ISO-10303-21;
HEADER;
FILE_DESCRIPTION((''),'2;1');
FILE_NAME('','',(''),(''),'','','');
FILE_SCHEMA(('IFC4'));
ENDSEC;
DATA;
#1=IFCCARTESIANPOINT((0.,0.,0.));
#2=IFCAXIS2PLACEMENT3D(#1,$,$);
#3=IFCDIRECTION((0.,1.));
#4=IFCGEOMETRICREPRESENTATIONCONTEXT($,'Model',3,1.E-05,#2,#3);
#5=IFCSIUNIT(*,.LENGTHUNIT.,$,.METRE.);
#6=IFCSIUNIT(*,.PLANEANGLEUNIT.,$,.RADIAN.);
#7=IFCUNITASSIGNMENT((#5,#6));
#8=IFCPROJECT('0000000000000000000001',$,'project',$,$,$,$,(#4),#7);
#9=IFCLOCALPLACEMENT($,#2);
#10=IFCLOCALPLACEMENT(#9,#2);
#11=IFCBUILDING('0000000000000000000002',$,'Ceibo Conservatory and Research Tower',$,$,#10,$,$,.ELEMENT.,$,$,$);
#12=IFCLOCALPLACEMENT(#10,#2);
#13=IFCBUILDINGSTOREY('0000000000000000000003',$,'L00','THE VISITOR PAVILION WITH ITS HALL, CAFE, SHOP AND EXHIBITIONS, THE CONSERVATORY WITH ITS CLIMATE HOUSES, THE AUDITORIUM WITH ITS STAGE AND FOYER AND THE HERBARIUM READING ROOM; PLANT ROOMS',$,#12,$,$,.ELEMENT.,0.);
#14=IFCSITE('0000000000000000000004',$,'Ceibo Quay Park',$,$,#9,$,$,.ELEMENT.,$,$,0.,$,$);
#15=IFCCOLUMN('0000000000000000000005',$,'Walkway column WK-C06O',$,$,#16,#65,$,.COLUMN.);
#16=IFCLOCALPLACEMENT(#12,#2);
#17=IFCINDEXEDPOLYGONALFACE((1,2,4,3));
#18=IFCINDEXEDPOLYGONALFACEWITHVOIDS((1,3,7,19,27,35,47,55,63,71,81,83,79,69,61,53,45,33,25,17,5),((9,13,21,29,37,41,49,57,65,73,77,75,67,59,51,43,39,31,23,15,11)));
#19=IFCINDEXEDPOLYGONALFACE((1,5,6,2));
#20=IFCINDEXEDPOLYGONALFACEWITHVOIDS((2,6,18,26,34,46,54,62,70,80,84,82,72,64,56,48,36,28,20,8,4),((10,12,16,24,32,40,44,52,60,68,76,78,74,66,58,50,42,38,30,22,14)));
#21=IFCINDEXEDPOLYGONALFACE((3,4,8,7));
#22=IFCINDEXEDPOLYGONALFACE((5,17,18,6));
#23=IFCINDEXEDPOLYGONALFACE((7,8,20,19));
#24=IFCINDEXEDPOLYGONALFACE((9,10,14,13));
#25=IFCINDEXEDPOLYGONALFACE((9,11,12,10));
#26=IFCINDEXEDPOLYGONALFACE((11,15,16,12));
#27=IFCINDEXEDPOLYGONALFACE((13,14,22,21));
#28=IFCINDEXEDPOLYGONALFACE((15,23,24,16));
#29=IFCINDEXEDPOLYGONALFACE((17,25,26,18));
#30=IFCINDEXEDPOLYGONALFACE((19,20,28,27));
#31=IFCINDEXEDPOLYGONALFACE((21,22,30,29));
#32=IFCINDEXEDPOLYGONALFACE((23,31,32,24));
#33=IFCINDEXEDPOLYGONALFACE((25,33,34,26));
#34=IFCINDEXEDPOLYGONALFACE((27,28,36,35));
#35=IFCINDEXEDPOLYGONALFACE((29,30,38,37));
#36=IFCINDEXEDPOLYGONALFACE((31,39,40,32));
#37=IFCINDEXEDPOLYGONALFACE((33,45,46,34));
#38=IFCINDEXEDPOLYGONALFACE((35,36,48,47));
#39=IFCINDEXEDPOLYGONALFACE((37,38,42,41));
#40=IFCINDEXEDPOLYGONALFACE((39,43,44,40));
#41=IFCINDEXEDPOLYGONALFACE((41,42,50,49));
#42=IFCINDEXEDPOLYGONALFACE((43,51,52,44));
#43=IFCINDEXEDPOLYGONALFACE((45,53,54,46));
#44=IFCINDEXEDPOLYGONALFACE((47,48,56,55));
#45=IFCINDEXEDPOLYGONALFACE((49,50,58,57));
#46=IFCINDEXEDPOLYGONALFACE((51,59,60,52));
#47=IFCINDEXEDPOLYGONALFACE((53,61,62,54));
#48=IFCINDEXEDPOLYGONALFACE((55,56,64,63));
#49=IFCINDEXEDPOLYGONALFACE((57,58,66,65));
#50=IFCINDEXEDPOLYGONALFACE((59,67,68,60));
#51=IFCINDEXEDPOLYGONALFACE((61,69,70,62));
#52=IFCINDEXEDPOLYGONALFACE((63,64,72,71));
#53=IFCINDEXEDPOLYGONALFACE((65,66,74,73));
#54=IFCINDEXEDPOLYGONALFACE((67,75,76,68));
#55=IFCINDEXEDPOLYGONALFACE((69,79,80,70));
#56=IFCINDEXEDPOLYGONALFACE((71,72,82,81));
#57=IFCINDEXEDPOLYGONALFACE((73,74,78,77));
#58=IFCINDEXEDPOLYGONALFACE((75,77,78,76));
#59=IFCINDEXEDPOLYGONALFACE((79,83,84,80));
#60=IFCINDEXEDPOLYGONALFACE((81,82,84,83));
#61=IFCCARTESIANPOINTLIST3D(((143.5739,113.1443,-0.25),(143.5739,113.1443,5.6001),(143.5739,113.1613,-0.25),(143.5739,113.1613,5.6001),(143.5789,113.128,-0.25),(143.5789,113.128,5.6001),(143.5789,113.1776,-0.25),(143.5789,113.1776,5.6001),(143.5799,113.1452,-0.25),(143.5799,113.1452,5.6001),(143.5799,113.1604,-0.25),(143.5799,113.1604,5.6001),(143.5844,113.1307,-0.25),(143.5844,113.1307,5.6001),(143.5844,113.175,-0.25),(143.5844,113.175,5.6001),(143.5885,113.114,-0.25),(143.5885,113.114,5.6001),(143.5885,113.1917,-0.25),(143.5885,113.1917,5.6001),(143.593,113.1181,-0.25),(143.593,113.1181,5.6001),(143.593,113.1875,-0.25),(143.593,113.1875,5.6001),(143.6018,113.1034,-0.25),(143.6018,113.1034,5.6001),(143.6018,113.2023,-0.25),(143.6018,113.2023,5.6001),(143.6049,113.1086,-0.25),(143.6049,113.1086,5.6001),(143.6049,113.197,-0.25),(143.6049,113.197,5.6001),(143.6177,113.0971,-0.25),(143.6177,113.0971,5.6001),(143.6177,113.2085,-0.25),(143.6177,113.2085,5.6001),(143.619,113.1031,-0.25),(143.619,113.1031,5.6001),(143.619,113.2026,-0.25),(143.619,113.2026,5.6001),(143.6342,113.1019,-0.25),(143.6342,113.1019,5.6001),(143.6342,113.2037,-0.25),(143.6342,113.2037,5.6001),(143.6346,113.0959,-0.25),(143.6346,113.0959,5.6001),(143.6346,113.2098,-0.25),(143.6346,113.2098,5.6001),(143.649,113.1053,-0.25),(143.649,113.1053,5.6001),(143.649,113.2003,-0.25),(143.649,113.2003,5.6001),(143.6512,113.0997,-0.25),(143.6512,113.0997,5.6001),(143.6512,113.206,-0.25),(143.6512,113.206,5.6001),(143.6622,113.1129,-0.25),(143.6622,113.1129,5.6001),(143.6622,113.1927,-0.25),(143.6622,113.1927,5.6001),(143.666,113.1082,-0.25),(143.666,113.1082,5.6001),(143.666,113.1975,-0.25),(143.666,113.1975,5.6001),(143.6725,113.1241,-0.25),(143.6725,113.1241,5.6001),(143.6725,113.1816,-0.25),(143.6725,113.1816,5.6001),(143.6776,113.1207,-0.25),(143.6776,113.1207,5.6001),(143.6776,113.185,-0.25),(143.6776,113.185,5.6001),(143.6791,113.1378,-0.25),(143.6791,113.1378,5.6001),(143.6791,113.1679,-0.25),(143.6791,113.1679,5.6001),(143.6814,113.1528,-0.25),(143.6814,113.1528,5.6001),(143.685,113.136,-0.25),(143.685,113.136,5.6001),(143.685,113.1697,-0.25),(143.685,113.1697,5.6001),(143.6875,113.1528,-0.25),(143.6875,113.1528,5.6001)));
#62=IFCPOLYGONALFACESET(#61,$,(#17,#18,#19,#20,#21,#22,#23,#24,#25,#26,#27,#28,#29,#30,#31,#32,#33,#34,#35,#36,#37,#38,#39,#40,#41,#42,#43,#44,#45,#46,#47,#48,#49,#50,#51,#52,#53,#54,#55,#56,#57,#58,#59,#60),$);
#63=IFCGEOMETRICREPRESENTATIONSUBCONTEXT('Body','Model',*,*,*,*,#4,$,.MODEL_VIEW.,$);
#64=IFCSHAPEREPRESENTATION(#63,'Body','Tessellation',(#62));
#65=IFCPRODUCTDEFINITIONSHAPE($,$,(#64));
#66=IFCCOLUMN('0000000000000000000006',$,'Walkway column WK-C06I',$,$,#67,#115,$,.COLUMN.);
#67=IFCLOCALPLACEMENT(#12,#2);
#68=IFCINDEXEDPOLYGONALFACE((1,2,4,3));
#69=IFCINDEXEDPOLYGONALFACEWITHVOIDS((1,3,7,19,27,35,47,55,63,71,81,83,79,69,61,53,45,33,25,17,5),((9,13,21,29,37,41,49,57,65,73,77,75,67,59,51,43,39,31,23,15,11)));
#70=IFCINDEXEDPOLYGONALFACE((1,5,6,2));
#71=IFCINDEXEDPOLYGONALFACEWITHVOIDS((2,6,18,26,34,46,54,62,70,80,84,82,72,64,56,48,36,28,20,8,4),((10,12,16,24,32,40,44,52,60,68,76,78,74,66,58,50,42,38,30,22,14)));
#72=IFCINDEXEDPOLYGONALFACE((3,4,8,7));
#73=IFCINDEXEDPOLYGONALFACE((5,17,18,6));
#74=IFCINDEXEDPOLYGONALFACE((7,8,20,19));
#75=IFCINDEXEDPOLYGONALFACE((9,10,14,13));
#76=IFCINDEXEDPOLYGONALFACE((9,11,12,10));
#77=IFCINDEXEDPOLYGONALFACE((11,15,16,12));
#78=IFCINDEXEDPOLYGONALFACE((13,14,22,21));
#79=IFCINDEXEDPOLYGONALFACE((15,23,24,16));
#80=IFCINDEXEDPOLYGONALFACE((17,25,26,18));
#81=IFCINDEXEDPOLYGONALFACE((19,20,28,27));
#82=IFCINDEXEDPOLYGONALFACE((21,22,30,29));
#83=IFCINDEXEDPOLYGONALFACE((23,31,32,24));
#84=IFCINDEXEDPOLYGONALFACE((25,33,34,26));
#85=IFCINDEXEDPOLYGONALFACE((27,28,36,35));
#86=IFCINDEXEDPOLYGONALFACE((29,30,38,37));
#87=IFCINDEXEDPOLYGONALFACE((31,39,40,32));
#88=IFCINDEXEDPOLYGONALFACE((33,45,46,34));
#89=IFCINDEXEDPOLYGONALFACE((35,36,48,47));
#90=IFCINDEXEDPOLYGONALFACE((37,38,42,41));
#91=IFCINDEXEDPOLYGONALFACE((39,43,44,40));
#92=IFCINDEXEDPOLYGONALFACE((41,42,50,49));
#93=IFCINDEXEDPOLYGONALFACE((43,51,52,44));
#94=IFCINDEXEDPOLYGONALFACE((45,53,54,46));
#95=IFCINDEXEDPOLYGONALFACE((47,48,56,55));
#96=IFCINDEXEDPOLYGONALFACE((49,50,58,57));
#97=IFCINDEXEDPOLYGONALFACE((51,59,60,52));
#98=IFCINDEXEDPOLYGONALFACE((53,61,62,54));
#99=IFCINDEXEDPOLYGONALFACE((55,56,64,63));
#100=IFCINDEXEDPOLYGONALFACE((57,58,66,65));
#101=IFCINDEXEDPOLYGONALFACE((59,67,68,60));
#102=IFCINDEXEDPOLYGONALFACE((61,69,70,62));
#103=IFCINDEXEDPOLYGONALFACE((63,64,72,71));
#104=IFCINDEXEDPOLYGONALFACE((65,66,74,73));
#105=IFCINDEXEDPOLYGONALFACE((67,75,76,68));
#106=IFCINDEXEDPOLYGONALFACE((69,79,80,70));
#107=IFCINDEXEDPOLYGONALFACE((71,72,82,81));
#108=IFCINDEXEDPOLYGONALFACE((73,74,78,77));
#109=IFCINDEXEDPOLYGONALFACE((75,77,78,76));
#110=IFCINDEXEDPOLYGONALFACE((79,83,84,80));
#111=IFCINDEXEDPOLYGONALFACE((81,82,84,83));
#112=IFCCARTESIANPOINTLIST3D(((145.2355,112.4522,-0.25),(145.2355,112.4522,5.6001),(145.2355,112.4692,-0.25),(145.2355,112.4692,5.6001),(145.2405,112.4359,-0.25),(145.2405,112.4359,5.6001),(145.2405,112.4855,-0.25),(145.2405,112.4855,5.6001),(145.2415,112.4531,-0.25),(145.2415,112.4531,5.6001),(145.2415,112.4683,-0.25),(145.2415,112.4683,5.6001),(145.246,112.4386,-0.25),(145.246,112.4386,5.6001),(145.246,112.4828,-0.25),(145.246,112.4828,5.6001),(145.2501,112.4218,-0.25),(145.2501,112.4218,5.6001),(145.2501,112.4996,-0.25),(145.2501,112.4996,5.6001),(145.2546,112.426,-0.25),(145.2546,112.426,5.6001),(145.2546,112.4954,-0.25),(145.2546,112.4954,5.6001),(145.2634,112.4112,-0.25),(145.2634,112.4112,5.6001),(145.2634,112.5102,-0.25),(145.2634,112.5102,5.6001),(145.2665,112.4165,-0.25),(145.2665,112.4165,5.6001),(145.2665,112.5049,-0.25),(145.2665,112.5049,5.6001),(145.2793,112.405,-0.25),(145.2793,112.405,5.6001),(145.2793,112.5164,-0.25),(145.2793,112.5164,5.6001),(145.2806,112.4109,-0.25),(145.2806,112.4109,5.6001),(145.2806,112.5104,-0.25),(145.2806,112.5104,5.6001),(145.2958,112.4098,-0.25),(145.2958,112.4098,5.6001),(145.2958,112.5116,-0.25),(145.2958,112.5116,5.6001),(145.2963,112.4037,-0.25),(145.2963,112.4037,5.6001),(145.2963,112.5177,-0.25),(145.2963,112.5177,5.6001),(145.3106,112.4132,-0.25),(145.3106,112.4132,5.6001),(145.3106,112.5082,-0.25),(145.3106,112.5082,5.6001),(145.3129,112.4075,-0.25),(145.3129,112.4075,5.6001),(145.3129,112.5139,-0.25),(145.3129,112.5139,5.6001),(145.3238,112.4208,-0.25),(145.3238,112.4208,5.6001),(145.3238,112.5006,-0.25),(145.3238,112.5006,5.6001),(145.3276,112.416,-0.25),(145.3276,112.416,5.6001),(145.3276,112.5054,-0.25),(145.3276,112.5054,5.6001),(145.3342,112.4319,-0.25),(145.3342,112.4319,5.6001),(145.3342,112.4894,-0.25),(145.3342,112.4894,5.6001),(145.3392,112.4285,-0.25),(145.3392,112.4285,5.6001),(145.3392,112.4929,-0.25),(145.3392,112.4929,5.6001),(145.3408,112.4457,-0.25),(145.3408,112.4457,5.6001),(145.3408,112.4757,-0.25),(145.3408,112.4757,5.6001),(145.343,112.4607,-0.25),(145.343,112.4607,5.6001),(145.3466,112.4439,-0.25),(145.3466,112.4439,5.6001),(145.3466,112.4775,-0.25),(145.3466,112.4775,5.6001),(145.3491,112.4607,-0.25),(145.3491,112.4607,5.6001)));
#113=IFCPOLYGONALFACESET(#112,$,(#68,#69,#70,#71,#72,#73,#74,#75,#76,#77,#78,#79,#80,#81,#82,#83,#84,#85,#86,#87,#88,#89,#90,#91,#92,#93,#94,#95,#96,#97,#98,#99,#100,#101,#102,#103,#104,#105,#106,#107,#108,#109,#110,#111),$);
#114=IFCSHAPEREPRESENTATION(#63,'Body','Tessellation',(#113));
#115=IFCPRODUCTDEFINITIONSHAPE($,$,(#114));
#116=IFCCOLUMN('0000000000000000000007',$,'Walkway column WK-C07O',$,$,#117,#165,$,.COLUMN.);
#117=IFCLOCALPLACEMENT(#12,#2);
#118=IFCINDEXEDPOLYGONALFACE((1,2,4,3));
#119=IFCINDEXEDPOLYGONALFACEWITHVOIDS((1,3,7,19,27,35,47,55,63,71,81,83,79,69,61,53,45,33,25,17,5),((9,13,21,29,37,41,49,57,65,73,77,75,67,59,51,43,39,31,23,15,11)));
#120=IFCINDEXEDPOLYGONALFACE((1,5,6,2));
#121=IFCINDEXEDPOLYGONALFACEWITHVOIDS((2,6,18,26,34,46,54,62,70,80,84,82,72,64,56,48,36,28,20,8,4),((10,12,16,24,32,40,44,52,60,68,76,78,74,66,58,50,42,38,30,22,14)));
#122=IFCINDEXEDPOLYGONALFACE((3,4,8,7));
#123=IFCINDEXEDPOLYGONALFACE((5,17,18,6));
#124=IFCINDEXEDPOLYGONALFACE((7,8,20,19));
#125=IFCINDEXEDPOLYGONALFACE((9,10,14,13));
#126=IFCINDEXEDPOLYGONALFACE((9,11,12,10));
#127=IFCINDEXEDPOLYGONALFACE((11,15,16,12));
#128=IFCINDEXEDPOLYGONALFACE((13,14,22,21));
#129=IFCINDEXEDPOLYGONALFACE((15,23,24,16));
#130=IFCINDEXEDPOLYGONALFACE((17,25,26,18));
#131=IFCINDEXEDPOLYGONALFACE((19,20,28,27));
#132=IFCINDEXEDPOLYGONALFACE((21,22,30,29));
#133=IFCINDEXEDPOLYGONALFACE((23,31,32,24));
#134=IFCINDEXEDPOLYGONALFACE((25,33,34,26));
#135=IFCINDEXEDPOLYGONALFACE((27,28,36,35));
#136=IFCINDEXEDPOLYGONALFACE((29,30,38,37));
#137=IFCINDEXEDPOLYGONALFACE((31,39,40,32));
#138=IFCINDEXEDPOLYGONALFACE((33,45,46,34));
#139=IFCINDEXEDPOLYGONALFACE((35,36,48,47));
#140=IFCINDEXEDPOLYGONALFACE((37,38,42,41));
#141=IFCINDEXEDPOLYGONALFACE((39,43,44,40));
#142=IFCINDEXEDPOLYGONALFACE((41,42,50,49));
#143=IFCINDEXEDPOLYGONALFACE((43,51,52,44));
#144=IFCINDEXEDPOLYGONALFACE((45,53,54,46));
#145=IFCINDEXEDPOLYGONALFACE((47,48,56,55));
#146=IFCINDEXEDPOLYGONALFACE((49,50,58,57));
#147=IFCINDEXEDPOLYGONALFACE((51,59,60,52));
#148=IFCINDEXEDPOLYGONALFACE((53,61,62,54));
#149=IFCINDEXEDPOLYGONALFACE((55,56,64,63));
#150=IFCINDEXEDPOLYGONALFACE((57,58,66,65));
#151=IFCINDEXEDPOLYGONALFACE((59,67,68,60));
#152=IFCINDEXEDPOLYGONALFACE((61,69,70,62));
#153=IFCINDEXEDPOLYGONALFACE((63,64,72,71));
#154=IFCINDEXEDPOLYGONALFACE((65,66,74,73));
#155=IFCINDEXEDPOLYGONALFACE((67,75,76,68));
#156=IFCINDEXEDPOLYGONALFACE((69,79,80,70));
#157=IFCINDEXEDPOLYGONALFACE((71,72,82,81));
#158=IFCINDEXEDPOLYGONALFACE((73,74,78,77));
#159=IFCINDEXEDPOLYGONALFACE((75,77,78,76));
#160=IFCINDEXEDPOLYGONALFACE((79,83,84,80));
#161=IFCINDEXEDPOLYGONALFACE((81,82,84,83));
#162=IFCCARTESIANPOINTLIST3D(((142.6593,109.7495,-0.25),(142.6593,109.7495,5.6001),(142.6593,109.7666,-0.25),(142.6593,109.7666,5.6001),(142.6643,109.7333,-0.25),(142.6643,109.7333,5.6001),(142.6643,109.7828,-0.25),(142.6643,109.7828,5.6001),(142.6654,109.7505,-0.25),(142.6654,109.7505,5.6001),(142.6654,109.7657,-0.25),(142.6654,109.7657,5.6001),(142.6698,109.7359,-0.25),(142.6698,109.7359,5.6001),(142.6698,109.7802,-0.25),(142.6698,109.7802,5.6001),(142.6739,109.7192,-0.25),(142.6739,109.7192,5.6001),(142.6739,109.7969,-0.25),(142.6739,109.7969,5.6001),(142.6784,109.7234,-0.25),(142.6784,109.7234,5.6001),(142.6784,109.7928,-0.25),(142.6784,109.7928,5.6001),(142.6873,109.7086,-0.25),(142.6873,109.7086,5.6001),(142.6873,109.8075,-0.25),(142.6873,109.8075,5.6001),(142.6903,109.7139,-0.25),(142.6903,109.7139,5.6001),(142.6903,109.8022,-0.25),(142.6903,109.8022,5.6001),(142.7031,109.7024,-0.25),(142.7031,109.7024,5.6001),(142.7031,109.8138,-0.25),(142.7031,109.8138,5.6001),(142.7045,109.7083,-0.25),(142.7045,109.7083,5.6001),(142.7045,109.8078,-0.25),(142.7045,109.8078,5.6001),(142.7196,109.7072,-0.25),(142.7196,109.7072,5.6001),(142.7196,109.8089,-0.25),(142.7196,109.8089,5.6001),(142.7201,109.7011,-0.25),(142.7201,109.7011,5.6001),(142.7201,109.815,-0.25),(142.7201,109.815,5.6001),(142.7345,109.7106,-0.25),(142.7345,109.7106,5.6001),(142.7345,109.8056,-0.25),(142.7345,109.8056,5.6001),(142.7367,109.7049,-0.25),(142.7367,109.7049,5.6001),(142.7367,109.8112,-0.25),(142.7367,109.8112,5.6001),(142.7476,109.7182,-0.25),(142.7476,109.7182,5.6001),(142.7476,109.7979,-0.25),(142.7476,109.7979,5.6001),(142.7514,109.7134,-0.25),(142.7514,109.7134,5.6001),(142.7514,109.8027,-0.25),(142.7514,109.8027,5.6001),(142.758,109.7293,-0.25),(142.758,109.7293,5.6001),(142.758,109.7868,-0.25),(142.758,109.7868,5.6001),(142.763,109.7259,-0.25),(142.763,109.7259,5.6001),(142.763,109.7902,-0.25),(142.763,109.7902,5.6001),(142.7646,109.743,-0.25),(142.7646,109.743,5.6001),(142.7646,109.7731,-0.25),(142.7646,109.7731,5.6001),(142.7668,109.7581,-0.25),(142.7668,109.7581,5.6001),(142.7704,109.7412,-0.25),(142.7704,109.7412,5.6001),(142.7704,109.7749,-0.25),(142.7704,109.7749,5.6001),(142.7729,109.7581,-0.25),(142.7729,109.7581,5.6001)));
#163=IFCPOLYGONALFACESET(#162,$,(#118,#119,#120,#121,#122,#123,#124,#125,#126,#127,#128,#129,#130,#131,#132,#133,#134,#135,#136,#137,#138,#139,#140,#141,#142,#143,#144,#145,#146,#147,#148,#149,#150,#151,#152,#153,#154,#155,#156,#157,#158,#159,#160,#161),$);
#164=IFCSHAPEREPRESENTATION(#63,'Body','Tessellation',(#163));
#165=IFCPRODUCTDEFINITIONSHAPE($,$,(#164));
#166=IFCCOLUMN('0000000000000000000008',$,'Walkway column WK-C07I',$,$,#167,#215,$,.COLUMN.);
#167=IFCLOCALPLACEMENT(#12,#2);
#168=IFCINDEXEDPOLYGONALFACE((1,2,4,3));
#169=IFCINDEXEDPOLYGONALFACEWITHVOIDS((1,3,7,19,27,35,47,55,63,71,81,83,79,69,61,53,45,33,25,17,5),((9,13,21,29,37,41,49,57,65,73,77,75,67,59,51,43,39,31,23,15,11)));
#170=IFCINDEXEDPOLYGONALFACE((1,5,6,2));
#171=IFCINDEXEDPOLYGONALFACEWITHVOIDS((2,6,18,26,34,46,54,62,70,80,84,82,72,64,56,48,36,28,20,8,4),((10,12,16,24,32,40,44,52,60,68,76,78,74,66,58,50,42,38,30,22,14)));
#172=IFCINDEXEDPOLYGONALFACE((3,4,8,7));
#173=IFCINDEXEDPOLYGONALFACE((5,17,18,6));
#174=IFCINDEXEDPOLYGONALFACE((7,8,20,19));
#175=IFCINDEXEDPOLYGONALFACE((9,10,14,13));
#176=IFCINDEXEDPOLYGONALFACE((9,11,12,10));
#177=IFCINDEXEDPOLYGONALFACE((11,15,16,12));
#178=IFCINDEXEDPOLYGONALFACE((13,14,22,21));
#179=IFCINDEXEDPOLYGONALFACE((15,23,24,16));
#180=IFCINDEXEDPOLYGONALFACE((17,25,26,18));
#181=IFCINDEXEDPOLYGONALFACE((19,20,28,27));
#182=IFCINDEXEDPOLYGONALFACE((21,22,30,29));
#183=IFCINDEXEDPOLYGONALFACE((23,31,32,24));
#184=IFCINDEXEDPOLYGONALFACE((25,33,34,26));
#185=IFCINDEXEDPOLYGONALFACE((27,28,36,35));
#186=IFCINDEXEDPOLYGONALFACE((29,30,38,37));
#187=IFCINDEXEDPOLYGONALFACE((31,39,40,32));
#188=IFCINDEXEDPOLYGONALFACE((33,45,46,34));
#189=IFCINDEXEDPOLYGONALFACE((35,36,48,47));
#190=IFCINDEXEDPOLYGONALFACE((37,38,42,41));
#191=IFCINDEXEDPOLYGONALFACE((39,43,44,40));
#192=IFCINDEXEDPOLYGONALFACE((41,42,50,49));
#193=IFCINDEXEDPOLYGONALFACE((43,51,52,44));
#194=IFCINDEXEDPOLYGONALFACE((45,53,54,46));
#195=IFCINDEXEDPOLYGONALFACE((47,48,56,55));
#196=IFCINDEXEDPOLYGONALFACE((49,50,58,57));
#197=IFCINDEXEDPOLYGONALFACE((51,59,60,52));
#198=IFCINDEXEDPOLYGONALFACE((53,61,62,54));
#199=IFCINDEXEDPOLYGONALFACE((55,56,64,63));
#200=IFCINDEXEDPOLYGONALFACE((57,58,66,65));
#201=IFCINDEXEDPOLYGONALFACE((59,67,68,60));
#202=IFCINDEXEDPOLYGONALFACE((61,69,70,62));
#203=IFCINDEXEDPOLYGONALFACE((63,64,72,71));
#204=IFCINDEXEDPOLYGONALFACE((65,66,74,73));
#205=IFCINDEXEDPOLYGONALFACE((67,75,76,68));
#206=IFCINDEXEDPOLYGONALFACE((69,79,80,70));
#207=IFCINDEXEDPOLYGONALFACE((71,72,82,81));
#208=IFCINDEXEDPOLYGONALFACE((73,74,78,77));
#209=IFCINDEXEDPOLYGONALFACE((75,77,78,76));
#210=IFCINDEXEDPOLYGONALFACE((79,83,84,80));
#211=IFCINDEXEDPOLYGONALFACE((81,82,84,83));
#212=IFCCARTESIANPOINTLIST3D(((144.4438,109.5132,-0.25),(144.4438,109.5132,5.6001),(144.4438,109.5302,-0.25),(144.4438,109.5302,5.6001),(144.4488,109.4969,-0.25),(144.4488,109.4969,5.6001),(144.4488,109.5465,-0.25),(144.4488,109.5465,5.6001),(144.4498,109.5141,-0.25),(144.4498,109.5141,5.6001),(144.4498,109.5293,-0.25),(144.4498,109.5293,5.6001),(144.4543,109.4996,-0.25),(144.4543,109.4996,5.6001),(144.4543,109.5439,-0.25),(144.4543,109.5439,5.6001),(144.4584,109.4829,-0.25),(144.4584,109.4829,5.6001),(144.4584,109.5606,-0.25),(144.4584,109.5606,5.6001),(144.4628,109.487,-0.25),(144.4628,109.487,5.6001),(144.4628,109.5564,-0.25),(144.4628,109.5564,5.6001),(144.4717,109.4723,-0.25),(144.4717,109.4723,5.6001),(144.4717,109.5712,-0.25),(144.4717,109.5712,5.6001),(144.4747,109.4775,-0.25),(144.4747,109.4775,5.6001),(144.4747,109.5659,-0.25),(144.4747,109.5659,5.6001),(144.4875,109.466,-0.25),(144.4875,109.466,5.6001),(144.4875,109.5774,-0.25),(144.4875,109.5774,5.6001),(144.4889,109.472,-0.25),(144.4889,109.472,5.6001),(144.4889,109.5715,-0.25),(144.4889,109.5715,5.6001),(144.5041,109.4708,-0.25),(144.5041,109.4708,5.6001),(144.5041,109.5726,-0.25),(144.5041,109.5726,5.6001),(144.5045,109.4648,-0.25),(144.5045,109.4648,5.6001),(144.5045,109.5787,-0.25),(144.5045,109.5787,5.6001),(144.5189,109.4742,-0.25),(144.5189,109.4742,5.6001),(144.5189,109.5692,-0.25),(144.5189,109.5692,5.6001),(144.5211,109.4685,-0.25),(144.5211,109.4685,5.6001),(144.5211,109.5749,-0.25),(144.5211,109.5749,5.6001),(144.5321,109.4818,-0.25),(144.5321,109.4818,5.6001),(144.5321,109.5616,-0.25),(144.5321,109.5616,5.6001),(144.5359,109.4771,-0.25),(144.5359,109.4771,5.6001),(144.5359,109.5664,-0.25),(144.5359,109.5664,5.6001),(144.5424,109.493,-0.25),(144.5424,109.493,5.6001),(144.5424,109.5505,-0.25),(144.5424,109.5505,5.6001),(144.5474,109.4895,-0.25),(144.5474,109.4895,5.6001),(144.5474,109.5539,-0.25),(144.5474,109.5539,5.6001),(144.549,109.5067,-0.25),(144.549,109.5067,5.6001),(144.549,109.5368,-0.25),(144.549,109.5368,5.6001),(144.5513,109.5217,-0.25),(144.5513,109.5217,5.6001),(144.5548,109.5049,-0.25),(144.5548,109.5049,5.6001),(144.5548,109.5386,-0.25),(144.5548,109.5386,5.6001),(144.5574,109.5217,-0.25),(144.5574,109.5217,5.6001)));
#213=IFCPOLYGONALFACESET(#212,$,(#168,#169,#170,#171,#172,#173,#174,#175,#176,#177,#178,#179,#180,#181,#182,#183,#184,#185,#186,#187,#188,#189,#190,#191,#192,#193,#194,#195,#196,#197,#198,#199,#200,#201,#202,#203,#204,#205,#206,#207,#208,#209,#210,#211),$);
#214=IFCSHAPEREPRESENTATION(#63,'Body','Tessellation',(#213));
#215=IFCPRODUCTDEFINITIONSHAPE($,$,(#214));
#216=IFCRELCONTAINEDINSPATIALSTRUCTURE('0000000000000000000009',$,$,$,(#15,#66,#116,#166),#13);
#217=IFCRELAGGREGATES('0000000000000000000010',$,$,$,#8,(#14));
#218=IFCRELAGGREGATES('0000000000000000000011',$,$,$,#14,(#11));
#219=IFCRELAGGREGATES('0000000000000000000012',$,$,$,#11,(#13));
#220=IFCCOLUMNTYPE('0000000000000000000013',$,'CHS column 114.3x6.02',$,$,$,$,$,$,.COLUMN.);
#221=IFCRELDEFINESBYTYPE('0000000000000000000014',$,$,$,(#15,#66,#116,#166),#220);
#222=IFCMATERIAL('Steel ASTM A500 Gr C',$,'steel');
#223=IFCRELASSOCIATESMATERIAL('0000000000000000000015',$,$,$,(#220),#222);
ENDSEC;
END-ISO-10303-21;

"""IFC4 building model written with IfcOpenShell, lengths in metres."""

from ifc_helpers import new_model, si_unit, direction, frame, origin, origin_2d, place, context, subcontext, project, spatial, hollow_circle, extrude, material, material_profile, profile_set, type_object, element, save


model = new_model("IFC4")

# Units and contexts
model_context = context("Model", 3, precision=1e-05, world=origin(), true_north=direction((0.0, 1.0)))
body_context = subcontext(model_context, "Body", "Model", "MODEL_VIEW")
ifc_project = project(units=[si_unit("LENGTHUNIT", "METRE"), si_unit("PLANEANGLEUNIT", "RADIAN")], contexts=[model_context])

# Site, building, storey
site_placement = place(None, origin())
site = spatial("IfcSite", under=ifc_project, at=site_placement, Name="Ceibo Quay Park", CompositionType="ELEMENT", RefElevation=0.0)
building_placement = place(site_placement, origin())
building = spatial("IfcBuilding", under=site, at=building_placement, Name="Ceibo Conservatory and Research Tower", CompositionType="ELEMENT")
storey_placement = place(building_placement, origin())
storey = spatial("IfcBuildingStorey", under=building, at=storey_placement, Name="L00", Description="THE VISITOR PAVILION WITH ITS HALL, CAFE, SHOP AND EXHIBITIONS, THE CONSERVATORY WITH ITS CLIMATE HOUSES, THE AUDITORIUM WITH ITS STAGE AND FOYER AND THE HERBARIUM READING ROOM; PLANT ROOMS", CompositionType="ELEMENT", Elevation=0.0)

# Columns
ifc_material_1 = material(Name="Steel ASTM A500 Gr C", Category="steel")
ifc_material_profile_1 = material_profile(ifc_material_1, hollow_circle(Radius=0.0571, WallThickness=0.0061, at=origin_2d()), Name="CHS column 114.3x6.02")
ifc_profile_set_1 = profile_set([ifc_material_profile_1], Name="Steel ASTM A500 Gr C")
column_type = type_object("IfcColumnType", Name="CHS column 114.3x6.02", PredefinedType="COLUMN", material=ifc_profile_set_1)
for number, where, z_axis, x_axis, name in (
    (1, (143.6304, 113.1528, -0.25), (0.0, 0.0, 1.0), (1.0, 0.0, 0.0), "Walkway column WK-C06O"),
    (2, (145.292, 112.4607, -0.25), (0.0, 0.0, 1.0), (1.0, 0.0, 0.0), "Walkway column WK-C06I"),
    (3, (142.7158, 109.7581, -0.25), (0.0, 0.0, 1.0), (1.0, 0.0, 0.0), "Walkway column WK-C07O"),
    (4, (144.5002, 109.5217, -0.25), (0.0, 0.0, 1.0), (1.0, 0.0, 0.0), "Walkway column WK-C07I"),
):
    element("IfcColumn", number, at=place(storey_placement, frame(where, z_axis=z_axis, x_axis=x_axis)), inside=storey, type_object=column_type, Name=name, PredefinedType="COLUMN", context=body_context, shape_type="SweptSolid", body=[
        extrude(hollow_circle(Radius=0.0571, WallThickness=0.0061, at=origin_2d()), origin(), (0.0, 0.0, 1.0), 5.8501),
    ])

save(model, "model.ifc")
